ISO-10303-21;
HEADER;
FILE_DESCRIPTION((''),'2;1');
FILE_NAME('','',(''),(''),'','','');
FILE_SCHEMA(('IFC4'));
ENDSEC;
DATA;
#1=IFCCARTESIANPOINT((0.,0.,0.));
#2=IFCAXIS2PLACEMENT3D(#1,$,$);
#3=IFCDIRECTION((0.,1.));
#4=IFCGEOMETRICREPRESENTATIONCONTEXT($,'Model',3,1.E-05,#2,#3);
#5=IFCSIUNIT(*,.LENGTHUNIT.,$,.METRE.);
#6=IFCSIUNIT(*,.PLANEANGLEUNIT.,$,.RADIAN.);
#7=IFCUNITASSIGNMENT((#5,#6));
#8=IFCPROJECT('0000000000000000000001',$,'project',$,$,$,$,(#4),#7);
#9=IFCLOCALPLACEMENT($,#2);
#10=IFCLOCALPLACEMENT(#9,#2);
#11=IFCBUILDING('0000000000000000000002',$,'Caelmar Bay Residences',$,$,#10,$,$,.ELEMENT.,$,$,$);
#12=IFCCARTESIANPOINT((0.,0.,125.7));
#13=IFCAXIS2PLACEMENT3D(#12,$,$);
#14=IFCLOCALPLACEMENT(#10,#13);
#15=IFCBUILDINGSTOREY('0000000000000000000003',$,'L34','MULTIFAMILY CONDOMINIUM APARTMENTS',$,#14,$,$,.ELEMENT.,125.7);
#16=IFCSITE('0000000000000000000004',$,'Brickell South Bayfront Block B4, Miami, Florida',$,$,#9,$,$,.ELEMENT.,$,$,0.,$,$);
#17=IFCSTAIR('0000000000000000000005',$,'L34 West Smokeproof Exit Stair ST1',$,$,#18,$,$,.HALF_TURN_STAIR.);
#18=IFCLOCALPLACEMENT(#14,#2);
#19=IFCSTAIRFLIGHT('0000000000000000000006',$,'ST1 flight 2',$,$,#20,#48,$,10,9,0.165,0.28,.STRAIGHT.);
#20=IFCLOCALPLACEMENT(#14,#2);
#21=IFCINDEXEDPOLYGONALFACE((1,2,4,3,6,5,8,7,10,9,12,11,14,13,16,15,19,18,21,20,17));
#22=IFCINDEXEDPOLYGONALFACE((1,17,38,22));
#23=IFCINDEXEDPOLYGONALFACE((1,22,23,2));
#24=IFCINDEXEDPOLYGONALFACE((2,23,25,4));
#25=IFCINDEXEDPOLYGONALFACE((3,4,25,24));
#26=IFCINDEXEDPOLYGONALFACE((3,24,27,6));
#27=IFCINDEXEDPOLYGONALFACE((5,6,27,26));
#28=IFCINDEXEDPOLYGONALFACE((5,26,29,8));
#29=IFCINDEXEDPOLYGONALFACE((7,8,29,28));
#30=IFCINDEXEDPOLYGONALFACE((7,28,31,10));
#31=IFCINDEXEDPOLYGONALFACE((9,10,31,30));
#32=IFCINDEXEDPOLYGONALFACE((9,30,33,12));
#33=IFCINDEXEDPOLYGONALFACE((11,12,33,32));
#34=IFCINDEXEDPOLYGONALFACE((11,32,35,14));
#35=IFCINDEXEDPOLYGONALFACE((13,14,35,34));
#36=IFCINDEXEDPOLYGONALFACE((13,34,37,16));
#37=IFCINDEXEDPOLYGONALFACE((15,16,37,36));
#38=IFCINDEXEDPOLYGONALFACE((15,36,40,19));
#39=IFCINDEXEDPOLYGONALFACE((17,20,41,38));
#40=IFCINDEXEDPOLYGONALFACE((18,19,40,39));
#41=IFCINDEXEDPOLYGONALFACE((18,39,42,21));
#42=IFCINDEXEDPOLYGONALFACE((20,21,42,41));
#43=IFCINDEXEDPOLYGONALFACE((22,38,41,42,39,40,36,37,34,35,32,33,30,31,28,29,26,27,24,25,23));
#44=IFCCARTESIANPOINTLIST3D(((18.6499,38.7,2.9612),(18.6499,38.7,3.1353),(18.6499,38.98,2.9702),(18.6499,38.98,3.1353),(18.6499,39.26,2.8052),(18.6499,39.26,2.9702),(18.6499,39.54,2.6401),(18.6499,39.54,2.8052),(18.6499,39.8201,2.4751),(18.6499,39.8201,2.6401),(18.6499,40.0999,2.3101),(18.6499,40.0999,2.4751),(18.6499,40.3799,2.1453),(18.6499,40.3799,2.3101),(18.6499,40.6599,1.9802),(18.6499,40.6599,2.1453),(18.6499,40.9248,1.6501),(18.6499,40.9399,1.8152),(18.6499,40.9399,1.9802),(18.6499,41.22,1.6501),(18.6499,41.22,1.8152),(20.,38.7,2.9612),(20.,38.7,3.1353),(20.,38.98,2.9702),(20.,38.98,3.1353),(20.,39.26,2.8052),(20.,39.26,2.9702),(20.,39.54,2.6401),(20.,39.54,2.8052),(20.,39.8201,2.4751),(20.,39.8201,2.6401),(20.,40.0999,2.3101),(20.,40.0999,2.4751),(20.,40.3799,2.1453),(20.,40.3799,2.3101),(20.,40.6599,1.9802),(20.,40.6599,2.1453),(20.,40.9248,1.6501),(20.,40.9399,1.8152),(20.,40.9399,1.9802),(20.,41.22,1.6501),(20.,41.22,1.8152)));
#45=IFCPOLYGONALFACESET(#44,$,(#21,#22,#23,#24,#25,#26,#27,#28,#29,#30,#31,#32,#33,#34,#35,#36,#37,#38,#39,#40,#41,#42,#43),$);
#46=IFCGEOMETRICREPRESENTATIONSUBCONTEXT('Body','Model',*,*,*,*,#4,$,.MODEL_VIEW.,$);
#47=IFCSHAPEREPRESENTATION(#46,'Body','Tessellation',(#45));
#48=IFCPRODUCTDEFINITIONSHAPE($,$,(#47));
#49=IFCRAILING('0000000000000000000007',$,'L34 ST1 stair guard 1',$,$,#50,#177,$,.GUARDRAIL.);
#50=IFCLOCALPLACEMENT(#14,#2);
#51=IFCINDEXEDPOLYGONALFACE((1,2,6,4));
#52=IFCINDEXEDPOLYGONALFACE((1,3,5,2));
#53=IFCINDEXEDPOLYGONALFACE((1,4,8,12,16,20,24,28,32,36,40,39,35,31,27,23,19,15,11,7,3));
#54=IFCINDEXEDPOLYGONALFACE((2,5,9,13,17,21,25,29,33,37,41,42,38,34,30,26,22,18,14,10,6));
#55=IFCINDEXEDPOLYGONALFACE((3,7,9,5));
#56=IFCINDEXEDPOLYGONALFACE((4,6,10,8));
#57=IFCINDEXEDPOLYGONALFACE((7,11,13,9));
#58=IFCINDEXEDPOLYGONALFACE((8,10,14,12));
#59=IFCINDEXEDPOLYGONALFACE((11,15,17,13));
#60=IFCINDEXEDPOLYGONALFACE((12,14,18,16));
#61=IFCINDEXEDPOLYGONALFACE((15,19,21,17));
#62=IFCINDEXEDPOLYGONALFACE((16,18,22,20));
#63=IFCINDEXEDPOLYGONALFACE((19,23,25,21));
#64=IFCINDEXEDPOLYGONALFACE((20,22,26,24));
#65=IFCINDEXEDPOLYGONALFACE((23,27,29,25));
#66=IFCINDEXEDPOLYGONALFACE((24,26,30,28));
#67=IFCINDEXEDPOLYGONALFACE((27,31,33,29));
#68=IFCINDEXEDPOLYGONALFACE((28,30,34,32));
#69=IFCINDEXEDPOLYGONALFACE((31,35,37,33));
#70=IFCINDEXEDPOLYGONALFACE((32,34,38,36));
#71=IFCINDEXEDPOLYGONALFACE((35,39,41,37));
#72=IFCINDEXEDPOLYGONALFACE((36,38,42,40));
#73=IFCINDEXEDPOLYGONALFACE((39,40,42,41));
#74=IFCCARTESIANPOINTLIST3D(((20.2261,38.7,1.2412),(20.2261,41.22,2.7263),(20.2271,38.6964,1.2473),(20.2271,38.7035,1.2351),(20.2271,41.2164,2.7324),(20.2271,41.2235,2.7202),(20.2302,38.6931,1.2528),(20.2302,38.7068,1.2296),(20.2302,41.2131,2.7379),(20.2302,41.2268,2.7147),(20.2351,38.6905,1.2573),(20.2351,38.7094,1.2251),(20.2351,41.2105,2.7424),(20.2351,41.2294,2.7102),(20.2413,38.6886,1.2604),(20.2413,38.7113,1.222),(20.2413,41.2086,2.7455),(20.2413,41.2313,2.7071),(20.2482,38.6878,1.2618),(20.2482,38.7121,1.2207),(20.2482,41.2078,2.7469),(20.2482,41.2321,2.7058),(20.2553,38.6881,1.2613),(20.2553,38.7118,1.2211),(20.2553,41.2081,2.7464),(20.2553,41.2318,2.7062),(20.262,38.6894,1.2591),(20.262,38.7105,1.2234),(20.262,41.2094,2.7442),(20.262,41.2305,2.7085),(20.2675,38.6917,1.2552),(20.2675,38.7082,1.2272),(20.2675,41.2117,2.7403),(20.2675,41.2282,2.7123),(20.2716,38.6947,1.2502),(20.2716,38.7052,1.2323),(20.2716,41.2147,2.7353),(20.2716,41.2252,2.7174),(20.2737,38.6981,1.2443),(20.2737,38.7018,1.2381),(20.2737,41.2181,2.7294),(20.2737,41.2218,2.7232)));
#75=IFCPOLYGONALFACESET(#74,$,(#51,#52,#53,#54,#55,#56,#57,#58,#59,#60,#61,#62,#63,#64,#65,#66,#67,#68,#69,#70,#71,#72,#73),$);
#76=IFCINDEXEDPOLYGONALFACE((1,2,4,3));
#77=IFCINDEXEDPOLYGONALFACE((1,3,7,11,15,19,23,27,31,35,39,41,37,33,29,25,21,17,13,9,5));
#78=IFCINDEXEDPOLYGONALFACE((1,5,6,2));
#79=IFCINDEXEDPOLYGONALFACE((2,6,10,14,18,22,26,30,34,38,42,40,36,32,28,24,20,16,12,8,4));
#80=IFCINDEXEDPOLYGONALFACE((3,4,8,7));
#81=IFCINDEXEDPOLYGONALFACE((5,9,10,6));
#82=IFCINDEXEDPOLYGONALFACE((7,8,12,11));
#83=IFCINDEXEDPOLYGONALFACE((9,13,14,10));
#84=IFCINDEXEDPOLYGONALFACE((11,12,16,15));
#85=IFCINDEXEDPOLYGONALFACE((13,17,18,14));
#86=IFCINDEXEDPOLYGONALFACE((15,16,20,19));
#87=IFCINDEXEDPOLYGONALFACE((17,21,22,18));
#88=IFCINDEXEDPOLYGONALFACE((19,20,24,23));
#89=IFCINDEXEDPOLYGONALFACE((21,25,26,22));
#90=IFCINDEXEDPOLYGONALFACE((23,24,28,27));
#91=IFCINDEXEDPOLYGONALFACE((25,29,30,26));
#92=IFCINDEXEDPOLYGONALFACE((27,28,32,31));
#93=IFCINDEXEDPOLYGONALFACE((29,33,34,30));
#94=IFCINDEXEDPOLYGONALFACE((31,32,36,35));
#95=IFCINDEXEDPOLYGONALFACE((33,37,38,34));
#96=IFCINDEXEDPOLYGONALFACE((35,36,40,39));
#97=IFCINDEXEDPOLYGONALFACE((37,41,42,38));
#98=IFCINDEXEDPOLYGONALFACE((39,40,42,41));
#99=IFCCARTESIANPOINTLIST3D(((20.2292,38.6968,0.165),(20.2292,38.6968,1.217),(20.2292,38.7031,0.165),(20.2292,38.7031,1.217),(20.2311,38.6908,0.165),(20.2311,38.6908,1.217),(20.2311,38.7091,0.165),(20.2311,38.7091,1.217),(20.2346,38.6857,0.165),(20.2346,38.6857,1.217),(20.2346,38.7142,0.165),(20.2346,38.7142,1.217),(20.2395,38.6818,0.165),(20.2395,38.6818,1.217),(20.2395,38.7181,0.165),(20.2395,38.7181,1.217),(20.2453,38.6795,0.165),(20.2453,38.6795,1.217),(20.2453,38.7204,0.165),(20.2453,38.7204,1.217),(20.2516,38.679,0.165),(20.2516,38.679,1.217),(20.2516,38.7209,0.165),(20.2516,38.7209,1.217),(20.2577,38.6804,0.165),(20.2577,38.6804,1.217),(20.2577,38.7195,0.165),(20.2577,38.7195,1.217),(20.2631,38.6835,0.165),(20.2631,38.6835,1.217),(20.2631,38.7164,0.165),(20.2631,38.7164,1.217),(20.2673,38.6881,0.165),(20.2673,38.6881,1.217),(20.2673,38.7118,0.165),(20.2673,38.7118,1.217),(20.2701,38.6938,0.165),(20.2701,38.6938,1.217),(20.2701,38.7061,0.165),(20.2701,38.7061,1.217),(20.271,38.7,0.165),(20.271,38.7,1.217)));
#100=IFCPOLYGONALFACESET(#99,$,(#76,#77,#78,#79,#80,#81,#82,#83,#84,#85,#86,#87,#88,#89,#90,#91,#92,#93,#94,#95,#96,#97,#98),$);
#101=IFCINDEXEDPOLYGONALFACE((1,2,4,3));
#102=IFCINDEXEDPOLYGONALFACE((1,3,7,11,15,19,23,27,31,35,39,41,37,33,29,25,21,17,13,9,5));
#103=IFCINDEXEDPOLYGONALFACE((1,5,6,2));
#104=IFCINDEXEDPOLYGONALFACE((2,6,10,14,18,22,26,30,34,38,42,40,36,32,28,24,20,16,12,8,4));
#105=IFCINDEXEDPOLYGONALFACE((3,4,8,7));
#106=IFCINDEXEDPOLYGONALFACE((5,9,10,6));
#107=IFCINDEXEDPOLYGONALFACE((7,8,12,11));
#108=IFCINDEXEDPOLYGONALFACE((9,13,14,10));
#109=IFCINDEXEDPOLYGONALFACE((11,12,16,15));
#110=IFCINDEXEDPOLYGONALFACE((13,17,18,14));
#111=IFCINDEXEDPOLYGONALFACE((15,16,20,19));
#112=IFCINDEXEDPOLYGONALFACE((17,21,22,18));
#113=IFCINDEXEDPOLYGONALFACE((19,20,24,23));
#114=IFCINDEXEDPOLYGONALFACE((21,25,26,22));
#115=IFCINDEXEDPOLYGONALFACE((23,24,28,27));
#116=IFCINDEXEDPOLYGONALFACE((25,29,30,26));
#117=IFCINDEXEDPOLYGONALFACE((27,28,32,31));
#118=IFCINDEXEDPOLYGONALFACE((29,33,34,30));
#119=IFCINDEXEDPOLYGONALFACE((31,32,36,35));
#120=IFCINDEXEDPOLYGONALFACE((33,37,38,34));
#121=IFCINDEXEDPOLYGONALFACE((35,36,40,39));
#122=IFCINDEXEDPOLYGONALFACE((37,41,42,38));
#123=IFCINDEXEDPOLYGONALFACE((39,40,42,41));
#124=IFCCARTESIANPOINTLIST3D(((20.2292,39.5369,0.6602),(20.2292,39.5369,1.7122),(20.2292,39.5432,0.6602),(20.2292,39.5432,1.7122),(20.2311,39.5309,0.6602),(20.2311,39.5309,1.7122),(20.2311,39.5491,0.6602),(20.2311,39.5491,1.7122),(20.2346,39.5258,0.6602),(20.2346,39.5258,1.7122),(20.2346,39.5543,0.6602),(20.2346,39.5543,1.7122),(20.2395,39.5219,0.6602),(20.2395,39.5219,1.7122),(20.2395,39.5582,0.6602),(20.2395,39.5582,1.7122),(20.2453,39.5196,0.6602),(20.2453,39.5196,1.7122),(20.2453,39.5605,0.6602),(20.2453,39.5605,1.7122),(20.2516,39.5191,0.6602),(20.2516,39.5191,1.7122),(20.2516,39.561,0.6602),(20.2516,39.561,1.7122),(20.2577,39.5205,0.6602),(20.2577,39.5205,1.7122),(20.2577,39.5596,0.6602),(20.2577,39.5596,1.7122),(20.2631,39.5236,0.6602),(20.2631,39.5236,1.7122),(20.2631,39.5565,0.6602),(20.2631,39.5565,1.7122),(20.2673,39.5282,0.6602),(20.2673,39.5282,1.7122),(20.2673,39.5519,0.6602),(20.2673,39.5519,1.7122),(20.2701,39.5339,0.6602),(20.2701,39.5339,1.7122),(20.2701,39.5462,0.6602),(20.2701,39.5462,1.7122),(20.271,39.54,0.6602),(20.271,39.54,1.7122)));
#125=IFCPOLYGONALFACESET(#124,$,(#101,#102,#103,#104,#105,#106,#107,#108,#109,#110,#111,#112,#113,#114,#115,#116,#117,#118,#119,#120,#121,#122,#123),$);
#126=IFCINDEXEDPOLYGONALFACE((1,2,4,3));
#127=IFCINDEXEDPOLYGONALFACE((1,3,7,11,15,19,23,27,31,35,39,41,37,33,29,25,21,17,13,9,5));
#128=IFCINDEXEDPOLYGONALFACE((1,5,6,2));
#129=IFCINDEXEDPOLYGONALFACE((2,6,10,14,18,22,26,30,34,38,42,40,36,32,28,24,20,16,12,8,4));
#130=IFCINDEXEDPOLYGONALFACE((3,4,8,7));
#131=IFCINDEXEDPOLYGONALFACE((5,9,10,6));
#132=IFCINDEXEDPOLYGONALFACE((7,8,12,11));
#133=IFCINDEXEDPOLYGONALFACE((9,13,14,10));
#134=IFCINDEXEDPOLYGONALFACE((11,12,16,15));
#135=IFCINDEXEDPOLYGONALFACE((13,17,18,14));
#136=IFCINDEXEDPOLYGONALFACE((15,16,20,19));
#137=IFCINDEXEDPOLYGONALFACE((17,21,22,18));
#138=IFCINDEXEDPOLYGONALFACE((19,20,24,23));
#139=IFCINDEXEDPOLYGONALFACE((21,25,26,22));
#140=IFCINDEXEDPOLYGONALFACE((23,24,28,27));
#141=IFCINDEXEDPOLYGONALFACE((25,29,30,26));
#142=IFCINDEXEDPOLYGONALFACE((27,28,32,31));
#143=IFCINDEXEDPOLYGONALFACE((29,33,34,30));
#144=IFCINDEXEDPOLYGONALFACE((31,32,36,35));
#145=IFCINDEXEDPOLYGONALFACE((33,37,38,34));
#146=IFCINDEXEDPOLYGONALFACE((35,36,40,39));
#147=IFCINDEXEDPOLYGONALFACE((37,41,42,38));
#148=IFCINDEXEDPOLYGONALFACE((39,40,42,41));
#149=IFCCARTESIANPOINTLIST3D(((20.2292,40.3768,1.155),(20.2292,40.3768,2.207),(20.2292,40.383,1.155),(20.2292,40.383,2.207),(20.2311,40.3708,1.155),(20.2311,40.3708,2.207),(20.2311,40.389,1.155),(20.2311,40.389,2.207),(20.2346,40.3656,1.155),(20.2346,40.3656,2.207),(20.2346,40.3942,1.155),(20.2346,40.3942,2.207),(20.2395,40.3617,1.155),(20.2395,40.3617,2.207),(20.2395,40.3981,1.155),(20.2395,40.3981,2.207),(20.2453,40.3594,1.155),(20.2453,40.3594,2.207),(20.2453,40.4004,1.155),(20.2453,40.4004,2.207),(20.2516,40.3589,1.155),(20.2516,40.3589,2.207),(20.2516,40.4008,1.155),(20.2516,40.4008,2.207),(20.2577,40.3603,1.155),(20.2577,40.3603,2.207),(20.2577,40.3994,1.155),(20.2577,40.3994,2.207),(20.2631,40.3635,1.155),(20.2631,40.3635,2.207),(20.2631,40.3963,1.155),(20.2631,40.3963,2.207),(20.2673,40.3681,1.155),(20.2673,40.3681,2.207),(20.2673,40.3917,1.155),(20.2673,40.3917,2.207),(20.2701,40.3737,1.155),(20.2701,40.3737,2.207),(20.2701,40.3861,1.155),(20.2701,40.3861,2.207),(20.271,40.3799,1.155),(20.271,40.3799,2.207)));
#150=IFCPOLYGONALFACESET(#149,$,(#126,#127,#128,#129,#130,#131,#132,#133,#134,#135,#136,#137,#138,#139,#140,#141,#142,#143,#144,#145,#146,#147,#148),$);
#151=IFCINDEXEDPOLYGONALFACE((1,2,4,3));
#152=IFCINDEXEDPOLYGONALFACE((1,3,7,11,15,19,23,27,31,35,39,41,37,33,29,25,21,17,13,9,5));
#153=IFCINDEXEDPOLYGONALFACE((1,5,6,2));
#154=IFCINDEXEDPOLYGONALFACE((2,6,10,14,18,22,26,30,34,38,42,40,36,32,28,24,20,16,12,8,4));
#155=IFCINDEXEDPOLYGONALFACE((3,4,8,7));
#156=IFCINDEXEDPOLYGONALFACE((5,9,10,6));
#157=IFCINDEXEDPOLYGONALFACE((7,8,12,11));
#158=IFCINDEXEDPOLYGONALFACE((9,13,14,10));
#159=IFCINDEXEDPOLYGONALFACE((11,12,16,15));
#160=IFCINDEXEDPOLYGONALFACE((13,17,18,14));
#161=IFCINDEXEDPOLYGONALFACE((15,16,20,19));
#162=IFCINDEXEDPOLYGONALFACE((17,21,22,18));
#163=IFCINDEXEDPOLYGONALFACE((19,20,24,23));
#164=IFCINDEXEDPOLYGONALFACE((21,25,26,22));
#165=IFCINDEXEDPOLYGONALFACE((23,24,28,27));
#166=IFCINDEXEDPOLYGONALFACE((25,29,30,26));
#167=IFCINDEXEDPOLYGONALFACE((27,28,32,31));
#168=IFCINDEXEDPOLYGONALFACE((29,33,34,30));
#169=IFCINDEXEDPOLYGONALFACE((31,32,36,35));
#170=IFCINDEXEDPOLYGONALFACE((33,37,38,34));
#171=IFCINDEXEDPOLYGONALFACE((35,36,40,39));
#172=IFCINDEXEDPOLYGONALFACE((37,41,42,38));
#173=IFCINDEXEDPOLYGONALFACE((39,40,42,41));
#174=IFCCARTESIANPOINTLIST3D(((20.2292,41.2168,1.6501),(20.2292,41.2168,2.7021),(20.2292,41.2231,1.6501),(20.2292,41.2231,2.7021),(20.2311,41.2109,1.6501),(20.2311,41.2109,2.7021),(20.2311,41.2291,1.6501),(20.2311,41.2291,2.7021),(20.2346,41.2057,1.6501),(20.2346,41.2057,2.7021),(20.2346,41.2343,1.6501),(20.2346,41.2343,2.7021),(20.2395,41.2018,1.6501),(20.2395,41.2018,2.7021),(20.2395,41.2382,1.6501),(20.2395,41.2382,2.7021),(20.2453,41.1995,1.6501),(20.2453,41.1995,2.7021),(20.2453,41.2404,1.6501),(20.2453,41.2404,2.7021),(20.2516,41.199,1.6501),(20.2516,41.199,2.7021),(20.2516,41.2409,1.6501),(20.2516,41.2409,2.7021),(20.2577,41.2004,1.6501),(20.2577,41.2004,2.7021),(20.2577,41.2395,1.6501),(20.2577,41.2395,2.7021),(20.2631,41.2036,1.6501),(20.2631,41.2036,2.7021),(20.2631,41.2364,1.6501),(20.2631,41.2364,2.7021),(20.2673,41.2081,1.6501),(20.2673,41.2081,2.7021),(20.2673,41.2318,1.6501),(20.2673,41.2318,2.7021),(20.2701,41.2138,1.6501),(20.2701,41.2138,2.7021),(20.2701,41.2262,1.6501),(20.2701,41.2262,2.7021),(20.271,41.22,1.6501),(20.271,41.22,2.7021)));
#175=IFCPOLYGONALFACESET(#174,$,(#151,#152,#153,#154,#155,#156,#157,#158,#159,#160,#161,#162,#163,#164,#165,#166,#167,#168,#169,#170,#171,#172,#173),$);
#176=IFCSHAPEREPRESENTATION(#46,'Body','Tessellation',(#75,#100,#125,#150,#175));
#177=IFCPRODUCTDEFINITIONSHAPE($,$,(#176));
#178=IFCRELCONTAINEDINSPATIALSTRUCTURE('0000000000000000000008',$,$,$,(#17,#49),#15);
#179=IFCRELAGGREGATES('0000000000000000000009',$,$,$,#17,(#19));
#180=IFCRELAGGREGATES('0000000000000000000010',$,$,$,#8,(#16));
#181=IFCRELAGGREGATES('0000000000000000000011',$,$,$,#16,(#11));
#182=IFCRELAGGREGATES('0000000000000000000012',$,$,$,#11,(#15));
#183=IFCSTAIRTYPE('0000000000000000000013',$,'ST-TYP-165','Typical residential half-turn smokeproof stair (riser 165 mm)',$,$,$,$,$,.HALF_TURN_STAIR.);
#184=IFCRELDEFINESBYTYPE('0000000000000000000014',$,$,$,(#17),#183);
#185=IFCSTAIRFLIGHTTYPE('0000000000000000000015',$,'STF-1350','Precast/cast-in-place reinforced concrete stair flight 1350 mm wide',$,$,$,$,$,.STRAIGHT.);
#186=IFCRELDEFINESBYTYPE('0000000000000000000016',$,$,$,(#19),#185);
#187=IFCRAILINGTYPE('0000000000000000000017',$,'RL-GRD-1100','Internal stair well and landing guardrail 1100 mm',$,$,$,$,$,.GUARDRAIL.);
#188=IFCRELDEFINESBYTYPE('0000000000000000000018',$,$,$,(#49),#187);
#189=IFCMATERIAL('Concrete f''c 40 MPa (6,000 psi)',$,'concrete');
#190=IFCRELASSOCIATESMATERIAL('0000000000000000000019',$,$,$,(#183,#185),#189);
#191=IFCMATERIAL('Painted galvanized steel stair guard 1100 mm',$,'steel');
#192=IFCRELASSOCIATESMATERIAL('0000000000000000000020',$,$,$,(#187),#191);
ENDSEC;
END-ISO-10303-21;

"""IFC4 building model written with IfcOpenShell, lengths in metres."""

from ifc_helpers import new_model, si_unit, direction, frame, origin, origin_2d, place, context, subcontext, project, spatial, polyline, circle, outline, extrude, material, type_object, element, aggregate, save


model = new_model("IFC4")

# Units and contexts
model_context = context("Model", 3, precision=1e-05, world=origin(), true_north=direction((0.0, 1.0)))
body_context = subcontext(model_context, "Body", "Model", "MODEL_VIEW")
ifc_project = project(units=[si_unit("LENGTHUNIT", "METRE"), si_unit("PLANEANGLEUNIT", "RADIAN")], contexts=[model_context])

# Site, building, storey
site_placement = place(None, origin())
site = spatial("IfcSite", under=ifc_project, at=site_placement, Name="Brickell South Bayfront Block B4, Miami, Florida", CompositionType="ELEMENT", RefElevation=0.0)
building_placement = place(site_placement, origin())
building = spatial("IfcBuilding", under=site, at=building_placement, Name="Caelmar Bay Residences", CompositionType="ELEMENT")
storey_placement = place(building_placement, frame((0.0, 0.0, 125.7)))
storey = spatial("IfcBuildingStorey", under=building, at=storey_placement, Name="L34", Description="MULTIFAMILY CONDOMINIUM APARTMENTS", CompositionType="ELEMENT", Elevation=125.7)

# Stair, stair flight
ifc_material_1 = material(Name="Concrete f'c 40 MPa (6,000 psi)", Category="concrete")
stair_type = type_object("IfcStairType", Name="ST-TYP-165", Description="Typical residential half-turn smokeproof stair (riser 165 mm)", PredefinedType="HALF_TURN_STAIR", material=ifc_material_1)
stair_placement = place(storey_placement, origin())
stair = element("IfcStair", 1, at=stair_placement, inside=storey, type_object=stair_type, Name="L34 West Smokeproof Exit Stair ST1", PredefinedType="HALF_TURN_STAIR")
stair_flight_type = type_object("IfcStairFlightType", Name="STF-1350", Description="Precast/cast-in-place reinforced concrete stair flight 1350 mm wide", PredefinedType="STRAIGHT", material=ifc_material_1)
stair_flight_1_placement = place(storey_placement, frame((19.325, 41.22, 1.6501), z_axis=(0.0, 0.0, 1.0), x_axis=(0.0, -1.0, 0.0)))
stair_flight_1 = element("IfcStairFlight", 2, at=stair_flight_1_placement, type_object=stair_flight_type, Name="ST1 flight 2", NumberOfRisers=10, NumberOfTreads=9, PredefinedType="STRAIGHT", RiserHeight=0.165, TreadLength=0.28, context=body_context, shape_type="SweptSolid", body=[
    extrude(outline(polyline([(0.0, 0.0), (0.0, 0.165), (0.28, 0.165), (0.28, 0.3301), (0.5601, 0.3301), (0.5601, 0.4951), (0.8401, 0.4951), (0.8401, 0.6599), (1.1201, 0.6599), (1.1201, 0.825), (1.3999, 0.825), (1.3999, 0.99), (1.6799, 0.99), (1.6799, 1.155), (1.96, 1.155), (1.96, 1.3201), (2.24, 1.3201), (2.24, 1.4851), (2.52, 1.4851), (2.52, 1.6499), (2.52, 1.311), (0.2952, 0.0), (0.0, 0.0)])), frame((0.0, 0.675, 0.0), z_axis=(0.0, -1.0, 0.0), x_axis=(1.0, 0.0, 0.0)), (0.0, 0.0, 1.0), 1.3501),
])
aggregate(stair, [stair_flight_1])

# Railing
ifc_material_2 = material(Name="Painted galvanized steel stair guard 1100 mm", Category="steel")
railing_type_1 = type_object("IfcRailingType", Name="RL-GRD-1100", Description="Internal stair well and landing guardrail 1100 mm", PredefinedType="GUARDRAIL", material=ifc_material_2)
railing_1_placement = place(storey_placement, frame((20.25, 38.7, 0.165)))
element("IfcRailing", 3, at=railing_1_placement, inside=storey, type_object=railing_type_1, Name="L34 ST1 stair guard 1", PredefinedType="GUARDRAIL", context=body_context, shape_type="SweptSolid", body=[
    extrude(circle(Radius=0.0239, at=origin_2d()), frame((0.0, 0.0, 1.0762), z_axis=(0.0, 0.861524, 0.507717), x_axis=(-1.0, 0.0, 0.0)), (0.0, 0.0, 1.0), 2.925),
    extrude(circle(Radius=0.021, at=origin_2d()), origin(), (0.0, 0.0, 1.0), 1.052),
    extrude(circle(Radius=0.021, at=origin_2d()), frame((0.0, 0.8401, 0.4951)), (0.0, 0.0, 1.0), 1.052),
    extrude(circle(Radius=0.021, at=origin_2d()), frame((0.0, 1.6799, 0.99)), (0.0, 0.0, 1.0), 1.052),
    extrude(circle(Radius=0.021, at=origin_2d()), frame((0.0, 2.52, 1.4851)), (0.0, 0.0, 1.0), 1.052),
])

save(model, "model.ifc")
